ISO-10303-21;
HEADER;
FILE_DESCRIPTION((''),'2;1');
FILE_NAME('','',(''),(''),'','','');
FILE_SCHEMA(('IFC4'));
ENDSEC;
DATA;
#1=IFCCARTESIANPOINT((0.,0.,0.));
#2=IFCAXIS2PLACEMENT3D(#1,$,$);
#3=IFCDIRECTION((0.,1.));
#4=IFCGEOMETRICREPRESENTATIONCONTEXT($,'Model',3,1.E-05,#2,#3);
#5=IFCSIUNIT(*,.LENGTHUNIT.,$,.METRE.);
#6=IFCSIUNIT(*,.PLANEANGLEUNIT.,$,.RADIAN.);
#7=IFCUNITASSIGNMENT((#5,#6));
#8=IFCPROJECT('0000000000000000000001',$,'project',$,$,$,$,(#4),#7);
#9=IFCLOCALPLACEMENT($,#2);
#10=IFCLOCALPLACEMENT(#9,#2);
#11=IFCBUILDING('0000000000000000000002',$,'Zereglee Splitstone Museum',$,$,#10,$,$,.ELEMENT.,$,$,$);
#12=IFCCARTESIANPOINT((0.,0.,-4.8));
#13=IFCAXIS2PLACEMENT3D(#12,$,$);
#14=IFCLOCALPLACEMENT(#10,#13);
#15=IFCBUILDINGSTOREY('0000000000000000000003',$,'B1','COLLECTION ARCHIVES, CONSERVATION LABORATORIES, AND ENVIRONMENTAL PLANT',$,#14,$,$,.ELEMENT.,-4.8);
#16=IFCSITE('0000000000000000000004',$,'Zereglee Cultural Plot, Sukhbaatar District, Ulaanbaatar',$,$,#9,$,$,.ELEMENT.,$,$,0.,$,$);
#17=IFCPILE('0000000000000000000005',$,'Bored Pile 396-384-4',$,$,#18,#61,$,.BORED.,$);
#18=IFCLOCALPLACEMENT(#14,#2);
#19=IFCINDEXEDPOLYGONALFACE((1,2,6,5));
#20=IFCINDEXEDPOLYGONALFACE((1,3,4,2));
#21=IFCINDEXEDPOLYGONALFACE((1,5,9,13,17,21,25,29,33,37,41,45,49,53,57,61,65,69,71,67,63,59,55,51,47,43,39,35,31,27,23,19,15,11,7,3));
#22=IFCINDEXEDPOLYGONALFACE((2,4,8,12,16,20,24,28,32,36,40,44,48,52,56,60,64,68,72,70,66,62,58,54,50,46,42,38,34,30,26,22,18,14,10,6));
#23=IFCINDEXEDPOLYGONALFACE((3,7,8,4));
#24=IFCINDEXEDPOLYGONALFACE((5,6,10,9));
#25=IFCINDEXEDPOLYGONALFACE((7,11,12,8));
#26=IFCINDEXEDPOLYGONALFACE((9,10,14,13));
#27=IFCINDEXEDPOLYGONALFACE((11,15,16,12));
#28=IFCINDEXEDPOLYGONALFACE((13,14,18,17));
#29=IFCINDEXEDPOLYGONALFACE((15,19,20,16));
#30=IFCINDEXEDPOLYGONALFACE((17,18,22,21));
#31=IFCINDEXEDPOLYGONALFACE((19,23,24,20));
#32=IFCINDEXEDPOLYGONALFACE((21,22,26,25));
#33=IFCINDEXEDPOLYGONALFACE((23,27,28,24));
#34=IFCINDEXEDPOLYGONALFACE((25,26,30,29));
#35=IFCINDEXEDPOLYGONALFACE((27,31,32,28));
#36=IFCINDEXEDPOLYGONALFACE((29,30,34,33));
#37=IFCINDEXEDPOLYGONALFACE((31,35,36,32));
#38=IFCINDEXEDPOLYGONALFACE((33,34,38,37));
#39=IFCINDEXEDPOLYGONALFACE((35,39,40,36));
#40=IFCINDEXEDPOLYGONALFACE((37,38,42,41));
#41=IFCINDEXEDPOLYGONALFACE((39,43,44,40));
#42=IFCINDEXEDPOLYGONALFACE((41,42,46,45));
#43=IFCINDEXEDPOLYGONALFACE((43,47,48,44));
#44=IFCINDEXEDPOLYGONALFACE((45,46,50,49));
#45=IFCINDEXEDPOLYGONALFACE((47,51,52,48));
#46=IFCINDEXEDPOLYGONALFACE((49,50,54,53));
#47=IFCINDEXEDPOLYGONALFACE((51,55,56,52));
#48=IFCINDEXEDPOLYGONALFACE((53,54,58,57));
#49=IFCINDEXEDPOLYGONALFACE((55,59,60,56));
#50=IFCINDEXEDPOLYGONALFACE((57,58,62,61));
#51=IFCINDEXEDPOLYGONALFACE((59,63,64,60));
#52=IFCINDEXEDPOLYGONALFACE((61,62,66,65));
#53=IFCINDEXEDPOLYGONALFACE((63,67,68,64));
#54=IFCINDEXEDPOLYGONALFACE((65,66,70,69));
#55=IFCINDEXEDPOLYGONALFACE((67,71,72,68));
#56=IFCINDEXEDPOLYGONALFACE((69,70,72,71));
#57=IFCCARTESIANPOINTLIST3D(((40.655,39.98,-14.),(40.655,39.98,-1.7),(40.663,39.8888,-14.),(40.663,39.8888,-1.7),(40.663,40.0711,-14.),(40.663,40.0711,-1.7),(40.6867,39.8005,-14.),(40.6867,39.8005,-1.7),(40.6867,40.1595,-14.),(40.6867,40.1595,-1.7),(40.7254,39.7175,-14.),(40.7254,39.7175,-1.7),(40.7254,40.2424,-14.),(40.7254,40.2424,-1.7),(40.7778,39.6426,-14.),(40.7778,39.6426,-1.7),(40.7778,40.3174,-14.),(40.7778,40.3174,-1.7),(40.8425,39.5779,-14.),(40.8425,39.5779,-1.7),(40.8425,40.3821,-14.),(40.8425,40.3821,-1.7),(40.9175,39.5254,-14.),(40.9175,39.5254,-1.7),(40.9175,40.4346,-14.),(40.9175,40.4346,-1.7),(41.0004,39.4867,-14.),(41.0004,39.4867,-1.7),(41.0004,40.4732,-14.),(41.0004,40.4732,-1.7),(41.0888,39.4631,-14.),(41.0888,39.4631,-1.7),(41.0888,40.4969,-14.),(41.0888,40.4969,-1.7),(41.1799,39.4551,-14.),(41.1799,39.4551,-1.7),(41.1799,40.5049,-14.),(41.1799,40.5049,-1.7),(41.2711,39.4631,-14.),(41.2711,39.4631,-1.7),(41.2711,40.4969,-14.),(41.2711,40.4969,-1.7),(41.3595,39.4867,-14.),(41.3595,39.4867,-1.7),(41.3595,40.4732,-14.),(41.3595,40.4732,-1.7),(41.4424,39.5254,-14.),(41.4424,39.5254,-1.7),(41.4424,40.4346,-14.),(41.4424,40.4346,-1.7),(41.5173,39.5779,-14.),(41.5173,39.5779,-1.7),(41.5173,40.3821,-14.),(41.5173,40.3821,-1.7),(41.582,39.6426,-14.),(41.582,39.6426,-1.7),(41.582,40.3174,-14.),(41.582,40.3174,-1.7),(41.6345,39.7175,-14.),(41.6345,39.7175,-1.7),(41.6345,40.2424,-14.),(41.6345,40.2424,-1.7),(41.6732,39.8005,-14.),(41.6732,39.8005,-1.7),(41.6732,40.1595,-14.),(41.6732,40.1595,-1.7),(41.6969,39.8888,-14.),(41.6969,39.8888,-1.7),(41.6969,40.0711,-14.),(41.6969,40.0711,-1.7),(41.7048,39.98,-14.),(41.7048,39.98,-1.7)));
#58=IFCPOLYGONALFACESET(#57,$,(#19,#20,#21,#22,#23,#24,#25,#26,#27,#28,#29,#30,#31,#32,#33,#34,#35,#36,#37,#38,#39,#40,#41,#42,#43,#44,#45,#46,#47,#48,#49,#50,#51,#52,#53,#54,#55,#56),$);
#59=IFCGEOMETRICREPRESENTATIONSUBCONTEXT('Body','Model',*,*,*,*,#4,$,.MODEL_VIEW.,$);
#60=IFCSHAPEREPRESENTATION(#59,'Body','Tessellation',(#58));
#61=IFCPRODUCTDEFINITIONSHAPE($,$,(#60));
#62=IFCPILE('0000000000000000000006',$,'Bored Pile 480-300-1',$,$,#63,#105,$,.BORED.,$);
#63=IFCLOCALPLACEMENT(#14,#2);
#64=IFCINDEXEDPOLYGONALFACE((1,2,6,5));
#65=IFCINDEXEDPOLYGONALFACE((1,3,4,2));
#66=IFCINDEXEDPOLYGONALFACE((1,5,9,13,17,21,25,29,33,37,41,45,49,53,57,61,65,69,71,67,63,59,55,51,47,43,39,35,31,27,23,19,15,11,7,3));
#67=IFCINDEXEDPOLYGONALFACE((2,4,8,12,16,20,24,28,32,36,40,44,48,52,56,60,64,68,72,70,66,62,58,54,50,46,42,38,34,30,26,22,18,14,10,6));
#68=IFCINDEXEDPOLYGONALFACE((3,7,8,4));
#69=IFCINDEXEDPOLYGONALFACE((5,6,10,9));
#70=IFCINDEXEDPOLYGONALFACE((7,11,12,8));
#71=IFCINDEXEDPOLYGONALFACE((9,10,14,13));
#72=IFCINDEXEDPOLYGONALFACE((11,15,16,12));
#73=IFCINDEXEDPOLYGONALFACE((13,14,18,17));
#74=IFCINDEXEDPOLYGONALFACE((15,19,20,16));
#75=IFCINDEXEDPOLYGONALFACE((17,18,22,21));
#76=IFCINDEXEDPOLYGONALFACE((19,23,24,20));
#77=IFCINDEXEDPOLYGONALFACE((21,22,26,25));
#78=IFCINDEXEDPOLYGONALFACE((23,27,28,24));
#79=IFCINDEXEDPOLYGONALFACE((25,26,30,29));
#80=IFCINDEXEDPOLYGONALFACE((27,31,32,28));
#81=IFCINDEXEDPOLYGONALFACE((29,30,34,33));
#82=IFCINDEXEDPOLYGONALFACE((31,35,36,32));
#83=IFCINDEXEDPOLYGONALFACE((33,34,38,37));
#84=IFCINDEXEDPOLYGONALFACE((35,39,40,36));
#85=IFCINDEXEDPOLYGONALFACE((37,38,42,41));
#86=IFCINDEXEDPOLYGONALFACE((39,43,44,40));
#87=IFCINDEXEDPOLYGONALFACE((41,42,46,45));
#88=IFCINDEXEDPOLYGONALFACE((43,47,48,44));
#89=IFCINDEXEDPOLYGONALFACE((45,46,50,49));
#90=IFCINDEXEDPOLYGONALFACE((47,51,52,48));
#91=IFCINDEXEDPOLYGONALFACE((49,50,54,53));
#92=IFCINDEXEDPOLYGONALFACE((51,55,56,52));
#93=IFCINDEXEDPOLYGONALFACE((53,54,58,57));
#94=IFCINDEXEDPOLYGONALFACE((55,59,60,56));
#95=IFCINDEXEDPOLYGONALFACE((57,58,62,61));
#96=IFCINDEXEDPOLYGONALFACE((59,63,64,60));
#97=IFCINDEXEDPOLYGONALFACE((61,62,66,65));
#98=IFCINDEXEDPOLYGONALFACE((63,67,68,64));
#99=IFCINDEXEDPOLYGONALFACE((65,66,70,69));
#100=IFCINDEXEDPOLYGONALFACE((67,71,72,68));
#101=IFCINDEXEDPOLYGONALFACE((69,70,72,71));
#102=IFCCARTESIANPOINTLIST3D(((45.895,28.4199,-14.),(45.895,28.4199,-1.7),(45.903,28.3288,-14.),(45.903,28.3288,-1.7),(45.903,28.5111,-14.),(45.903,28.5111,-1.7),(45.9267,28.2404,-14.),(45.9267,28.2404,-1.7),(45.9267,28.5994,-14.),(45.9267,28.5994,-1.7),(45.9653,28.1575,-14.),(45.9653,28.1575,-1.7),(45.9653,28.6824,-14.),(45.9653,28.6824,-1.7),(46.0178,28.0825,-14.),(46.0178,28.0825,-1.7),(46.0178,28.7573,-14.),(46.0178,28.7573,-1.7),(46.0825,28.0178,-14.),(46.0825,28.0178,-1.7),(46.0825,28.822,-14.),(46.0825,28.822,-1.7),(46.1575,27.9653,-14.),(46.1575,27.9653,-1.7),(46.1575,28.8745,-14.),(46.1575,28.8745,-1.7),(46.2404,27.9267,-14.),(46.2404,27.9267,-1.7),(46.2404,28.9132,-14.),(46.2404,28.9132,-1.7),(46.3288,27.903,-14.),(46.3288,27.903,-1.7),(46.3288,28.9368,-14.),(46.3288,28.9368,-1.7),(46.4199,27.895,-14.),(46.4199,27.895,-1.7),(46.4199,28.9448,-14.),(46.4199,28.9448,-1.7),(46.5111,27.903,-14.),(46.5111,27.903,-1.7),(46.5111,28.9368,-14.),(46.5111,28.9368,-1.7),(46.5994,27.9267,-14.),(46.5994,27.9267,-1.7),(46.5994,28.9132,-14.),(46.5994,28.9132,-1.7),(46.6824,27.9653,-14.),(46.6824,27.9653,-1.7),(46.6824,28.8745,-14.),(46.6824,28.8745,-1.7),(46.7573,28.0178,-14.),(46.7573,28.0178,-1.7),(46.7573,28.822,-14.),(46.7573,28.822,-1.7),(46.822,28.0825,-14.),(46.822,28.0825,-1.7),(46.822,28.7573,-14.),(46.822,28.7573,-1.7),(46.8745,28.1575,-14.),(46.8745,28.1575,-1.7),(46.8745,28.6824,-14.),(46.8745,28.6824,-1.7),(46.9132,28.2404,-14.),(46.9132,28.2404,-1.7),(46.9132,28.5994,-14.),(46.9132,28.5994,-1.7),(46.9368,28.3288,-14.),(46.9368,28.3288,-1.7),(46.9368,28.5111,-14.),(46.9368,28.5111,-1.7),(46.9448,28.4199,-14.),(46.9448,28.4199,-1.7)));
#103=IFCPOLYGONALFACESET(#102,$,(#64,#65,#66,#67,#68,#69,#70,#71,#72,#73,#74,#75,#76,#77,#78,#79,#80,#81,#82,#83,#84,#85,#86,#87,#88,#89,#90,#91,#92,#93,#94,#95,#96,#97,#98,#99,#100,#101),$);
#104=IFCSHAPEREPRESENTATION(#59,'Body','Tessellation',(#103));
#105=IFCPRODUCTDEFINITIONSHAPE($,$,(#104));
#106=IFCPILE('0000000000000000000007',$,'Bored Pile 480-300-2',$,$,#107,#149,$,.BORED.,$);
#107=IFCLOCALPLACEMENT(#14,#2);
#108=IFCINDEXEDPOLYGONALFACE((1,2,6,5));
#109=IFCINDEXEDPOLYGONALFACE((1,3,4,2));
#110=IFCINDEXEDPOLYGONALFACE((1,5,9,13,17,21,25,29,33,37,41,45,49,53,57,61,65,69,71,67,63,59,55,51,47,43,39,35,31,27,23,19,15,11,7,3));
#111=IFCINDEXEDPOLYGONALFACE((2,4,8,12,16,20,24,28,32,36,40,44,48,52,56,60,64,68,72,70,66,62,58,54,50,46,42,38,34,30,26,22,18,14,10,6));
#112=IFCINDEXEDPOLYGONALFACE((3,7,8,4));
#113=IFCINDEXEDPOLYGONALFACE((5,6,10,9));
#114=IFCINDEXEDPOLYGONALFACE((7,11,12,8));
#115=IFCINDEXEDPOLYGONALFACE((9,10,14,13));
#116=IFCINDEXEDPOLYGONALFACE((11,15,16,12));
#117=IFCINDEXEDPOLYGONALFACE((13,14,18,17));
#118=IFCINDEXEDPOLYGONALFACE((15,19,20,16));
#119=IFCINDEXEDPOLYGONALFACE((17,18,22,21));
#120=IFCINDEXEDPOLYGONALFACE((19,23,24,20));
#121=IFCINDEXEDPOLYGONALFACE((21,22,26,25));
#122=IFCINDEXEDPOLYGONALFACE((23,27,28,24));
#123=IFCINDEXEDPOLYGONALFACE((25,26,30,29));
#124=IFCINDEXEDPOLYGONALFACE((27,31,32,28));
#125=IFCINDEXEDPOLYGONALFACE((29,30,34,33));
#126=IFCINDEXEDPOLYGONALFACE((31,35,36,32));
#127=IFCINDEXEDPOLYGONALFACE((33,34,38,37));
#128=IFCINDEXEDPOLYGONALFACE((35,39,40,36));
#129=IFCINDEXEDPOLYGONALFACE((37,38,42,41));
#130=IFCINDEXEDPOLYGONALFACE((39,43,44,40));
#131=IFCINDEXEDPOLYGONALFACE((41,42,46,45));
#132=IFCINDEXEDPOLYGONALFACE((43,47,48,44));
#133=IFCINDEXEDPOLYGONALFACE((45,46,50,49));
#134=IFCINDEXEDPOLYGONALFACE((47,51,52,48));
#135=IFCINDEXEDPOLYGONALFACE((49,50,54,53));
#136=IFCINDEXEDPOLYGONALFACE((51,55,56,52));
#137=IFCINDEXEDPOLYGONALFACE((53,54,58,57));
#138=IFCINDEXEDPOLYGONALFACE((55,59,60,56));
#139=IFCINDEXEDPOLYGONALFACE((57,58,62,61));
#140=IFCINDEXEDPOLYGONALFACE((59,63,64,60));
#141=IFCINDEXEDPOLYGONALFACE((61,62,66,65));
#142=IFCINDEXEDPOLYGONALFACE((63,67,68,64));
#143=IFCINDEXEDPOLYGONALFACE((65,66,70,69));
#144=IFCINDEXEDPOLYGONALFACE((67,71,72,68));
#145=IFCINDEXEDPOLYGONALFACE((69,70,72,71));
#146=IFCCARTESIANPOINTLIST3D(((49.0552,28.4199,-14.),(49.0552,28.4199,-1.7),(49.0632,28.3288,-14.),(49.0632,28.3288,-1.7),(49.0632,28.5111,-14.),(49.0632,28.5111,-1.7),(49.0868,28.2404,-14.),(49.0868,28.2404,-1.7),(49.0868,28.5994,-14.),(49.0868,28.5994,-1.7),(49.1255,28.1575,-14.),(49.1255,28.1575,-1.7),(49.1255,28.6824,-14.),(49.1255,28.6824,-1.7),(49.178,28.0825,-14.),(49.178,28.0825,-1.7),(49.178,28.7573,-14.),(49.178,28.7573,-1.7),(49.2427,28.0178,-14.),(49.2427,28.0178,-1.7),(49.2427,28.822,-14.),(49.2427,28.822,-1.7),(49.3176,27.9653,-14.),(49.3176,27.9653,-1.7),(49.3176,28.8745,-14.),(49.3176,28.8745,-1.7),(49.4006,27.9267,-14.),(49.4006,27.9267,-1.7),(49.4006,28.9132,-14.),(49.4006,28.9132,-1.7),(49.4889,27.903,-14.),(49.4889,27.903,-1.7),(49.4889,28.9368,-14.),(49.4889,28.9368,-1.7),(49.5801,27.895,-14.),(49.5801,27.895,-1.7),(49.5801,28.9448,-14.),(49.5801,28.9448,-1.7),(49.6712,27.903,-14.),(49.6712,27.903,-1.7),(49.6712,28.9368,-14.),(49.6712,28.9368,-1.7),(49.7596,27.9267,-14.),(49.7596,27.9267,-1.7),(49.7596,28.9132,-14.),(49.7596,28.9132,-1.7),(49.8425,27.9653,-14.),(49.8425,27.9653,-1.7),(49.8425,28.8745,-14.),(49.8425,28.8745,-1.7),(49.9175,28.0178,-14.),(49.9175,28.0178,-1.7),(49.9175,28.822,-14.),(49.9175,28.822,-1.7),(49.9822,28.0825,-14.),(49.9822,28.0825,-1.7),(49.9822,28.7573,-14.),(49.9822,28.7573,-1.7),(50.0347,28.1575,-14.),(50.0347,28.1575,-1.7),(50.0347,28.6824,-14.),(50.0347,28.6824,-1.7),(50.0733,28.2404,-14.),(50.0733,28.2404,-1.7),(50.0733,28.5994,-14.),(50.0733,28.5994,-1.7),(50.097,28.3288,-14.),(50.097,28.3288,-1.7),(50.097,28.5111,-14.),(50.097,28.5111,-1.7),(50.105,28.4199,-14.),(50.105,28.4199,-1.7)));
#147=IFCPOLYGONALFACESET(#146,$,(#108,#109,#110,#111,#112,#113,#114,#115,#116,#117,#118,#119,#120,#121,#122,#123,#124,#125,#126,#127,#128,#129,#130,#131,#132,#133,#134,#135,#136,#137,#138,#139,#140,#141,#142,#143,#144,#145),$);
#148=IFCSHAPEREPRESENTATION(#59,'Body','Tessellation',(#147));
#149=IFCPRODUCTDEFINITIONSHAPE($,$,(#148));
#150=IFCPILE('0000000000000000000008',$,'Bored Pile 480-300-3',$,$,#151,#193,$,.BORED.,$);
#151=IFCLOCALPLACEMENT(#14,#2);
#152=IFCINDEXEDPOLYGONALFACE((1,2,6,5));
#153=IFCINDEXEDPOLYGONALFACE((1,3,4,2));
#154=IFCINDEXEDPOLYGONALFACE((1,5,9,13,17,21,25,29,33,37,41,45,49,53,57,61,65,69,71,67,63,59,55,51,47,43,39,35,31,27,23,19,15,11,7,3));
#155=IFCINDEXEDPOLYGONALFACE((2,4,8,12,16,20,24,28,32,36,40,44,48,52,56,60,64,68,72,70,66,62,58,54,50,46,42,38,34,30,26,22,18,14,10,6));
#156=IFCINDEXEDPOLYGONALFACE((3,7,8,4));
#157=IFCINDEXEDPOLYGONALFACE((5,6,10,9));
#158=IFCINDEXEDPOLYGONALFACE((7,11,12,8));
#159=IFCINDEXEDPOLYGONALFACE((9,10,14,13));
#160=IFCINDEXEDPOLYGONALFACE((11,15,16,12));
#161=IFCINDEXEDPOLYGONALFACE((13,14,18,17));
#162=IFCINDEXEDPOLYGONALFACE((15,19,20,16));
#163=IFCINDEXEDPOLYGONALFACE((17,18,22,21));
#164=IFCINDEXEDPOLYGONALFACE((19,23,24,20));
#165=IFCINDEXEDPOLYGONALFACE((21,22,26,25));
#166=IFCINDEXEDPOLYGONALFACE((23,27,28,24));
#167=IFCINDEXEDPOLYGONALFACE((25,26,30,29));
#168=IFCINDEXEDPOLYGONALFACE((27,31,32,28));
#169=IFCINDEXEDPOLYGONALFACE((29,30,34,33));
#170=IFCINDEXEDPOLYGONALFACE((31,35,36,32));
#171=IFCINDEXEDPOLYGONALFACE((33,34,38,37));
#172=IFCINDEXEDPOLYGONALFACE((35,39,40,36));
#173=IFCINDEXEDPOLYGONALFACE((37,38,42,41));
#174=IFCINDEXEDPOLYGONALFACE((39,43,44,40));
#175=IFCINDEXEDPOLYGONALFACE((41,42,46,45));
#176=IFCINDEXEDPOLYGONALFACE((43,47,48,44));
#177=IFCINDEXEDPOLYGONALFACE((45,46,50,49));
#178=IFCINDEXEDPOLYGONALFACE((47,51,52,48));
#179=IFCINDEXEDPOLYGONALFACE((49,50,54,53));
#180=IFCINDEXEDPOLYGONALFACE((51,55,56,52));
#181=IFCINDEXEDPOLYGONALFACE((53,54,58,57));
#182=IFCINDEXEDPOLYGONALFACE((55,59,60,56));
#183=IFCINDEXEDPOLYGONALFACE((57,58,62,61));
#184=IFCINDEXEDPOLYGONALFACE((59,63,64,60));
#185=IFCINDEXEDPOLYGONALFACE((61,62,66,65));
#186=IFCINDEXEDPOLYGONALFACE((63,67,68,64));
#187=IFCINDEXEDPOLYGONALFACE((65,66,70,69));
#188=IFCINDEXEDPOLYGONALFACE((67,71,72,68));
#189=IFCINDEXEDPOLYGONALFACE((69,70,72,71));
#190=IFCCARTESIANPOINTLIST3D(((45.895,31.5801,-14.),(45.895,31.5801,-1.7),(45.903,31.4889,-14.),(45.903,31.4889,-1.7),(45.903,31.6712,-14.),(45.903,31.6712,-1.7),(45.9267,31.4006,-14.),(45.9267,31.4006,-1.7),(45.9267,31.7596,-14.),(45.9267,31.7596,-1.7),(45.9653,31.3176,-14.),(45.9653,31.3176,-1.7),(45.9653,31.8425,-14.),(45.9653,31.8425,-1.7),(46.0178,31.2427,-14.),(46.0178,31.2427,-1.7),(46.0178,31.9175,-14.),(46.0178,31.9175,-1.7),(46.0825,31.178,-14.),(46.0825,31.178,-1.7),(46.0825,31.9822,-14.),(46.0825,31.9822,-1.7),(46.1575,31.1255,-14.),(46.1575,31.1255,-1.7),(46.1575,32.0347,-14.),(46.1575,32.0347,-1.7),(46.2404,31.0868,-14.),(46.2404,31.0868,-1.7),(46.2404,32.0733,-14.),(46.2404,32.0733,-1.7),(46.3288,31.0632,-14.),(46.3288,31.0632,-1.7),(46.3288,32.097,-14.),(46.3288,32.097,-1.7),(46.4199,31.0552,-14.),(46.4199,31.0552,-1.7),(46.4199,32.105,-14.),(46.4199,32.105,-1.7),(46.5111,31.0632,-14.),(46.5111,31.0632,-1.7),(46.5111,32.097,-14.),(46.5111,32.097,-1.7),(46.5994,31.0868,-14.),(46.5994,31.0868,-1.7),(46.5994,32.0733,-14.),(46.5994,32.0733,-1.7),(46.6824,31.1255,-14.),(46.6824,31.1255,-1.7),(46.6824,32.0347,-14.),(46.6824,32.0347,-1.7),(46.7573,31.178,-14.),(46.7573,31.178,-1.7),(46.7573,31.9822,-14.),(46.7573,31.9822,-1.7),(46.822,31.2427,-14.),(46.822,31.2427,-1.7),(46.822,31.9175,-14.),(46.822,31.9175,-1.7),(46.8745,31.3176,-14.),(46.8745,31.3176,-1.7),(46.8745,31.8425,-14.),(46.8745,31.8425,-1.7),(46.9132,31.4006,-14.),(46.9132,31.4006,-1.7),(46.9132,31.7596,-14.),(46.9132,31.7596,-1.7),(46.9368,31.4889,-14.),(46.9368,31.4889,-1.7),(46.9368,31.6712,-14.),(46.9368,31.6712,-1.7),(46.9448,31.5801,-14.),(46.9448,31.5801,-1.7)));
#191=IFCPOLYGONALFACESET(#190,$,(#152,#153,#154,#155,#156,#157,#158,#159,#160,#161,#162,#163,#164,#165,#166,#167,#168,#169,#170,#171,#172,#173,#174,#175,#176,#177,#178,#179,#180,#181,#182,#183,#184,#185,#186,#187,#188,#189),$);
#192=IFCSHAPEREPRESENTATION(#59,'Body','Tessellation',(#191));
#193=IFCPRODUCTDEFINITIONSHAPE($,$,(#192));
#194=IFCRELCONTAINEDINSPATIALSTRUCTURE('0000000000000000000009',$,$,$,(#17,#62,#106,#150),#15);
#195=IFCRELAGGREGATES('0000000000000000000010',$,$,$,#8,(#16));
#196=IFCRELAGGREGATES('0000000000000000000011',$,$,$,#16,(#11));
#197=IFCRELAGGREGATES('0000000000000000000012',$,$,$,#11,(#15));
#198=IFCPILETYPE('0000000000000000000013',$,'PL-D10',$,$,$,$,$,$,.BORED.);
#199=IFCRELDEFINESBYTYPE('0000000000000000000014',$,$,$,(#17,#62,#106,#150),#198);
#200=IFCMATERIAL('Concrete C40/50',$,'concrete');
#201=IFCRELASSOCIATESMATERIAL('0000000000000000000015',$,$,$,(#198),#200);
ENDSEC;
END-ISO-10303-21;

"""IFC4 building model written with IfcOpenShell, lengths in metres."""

from ifc_helpers import new_model, si_unit, direction, frame, origin, origin_2d, place, context, subcontext, project, spatial, circle, extrude, material, material_profile, profile_set, type_object, element, save


model = new_model("IFC4")

# Units and contexts
model_context = context("Model", 3, precision=1e-05, world=origin(), true_north=direction((0.0, 1.0)))
body_context = subcontext(model_context, "Body", "Model", "MODEL_VIEW")
ifc_project = project(units=[si_unit("LENGTHUNIT", "METRE"), si_unit("PLANEANGLEUNIT", "RADIAN")], contexts=[model_context])

# Site, building, storey
site_placement = place(None, origin())
site = spatial("IfcSite", under=ifc_project, at=site_placement, Name="Zereglee Cultural Plot, Sukhbaatar District, Ulaanbaatar", CompositionType="ELEMENT", RefElevation=0.0)
building_placement = place(site_placement, origin())
building = spatial("IfcBuilding", under=site, at=building_placement, Name="Zereglee Splitstone Museum", CompositionType="ELEMENT")
storey_placement = place(building_placement, frame((0.0, 0.0, -4.8)))
storey = spatial("IfcBuildingStorey", under=building, at=storey_placement, Name="B1", Description="COLLECTION ARCHIVES, CONSERVATION LABORATORIES, AND ENVIRONMENTAL PLANT", CompositionType="ELEMENT", Elevation=-4.8)

# Shared definitions
ifc_material_1 = material(Name="Concrete C40/50", Category="concrete")

# Piles
ifc_material_profile_1 = material_profile(ifc_material_1, circle(Radius=0.5249, at=origin_2d()), Name="PILE D1050")
ifc_profile_set_1 = profile_set([ifc_material_profile_1], Name="Concrete C40/50")
pile_type = type_object("IfcPileType", Name="PL-D10", PredefinedType="BORED", material=ifc_profile_set_1)
for number, where, z_axis, x_axis, name in (
    (1, (41.1799, 39.98, -1.7), (0.0, 0.0, -1.0), (1.0, 0.0, 0.0), "Bored Pile 396-384-4"),
    (2, (46.4199, 28.4199, -1.7), (0.0, 0.0, -1.0), (1.0, 0.0, 0.0), "Bored Pile 480-300-1"),
    (3, (49.5801, 28.4199, -1.7), (0.0, 0.0, -1.0), (1.0, 0.0, 0.0), "Bored Pile 480-300-2"),
    (4, (46.4199, 31.5801, -1.7), (0.0, 0.0, -1.0), (1.0, 0.0, 0.0), "Bored Pile 480-300-3"),
):
    element("IfcPile", number, at=place(storey_placement, frame(where, z_axis=z_axis, x_axis=x_axis)), inside=storey, type_object=pile_type, Name=name, PredefinedType="BORED", context=body_context, shape_type="SweptSolid", body=[
        extrude(circle(Radius=0.5249, at=origin_2d()), origin(), (0.0, 0.0, 1.0), 12.3),
    ])

save(model, "model.ifc")
